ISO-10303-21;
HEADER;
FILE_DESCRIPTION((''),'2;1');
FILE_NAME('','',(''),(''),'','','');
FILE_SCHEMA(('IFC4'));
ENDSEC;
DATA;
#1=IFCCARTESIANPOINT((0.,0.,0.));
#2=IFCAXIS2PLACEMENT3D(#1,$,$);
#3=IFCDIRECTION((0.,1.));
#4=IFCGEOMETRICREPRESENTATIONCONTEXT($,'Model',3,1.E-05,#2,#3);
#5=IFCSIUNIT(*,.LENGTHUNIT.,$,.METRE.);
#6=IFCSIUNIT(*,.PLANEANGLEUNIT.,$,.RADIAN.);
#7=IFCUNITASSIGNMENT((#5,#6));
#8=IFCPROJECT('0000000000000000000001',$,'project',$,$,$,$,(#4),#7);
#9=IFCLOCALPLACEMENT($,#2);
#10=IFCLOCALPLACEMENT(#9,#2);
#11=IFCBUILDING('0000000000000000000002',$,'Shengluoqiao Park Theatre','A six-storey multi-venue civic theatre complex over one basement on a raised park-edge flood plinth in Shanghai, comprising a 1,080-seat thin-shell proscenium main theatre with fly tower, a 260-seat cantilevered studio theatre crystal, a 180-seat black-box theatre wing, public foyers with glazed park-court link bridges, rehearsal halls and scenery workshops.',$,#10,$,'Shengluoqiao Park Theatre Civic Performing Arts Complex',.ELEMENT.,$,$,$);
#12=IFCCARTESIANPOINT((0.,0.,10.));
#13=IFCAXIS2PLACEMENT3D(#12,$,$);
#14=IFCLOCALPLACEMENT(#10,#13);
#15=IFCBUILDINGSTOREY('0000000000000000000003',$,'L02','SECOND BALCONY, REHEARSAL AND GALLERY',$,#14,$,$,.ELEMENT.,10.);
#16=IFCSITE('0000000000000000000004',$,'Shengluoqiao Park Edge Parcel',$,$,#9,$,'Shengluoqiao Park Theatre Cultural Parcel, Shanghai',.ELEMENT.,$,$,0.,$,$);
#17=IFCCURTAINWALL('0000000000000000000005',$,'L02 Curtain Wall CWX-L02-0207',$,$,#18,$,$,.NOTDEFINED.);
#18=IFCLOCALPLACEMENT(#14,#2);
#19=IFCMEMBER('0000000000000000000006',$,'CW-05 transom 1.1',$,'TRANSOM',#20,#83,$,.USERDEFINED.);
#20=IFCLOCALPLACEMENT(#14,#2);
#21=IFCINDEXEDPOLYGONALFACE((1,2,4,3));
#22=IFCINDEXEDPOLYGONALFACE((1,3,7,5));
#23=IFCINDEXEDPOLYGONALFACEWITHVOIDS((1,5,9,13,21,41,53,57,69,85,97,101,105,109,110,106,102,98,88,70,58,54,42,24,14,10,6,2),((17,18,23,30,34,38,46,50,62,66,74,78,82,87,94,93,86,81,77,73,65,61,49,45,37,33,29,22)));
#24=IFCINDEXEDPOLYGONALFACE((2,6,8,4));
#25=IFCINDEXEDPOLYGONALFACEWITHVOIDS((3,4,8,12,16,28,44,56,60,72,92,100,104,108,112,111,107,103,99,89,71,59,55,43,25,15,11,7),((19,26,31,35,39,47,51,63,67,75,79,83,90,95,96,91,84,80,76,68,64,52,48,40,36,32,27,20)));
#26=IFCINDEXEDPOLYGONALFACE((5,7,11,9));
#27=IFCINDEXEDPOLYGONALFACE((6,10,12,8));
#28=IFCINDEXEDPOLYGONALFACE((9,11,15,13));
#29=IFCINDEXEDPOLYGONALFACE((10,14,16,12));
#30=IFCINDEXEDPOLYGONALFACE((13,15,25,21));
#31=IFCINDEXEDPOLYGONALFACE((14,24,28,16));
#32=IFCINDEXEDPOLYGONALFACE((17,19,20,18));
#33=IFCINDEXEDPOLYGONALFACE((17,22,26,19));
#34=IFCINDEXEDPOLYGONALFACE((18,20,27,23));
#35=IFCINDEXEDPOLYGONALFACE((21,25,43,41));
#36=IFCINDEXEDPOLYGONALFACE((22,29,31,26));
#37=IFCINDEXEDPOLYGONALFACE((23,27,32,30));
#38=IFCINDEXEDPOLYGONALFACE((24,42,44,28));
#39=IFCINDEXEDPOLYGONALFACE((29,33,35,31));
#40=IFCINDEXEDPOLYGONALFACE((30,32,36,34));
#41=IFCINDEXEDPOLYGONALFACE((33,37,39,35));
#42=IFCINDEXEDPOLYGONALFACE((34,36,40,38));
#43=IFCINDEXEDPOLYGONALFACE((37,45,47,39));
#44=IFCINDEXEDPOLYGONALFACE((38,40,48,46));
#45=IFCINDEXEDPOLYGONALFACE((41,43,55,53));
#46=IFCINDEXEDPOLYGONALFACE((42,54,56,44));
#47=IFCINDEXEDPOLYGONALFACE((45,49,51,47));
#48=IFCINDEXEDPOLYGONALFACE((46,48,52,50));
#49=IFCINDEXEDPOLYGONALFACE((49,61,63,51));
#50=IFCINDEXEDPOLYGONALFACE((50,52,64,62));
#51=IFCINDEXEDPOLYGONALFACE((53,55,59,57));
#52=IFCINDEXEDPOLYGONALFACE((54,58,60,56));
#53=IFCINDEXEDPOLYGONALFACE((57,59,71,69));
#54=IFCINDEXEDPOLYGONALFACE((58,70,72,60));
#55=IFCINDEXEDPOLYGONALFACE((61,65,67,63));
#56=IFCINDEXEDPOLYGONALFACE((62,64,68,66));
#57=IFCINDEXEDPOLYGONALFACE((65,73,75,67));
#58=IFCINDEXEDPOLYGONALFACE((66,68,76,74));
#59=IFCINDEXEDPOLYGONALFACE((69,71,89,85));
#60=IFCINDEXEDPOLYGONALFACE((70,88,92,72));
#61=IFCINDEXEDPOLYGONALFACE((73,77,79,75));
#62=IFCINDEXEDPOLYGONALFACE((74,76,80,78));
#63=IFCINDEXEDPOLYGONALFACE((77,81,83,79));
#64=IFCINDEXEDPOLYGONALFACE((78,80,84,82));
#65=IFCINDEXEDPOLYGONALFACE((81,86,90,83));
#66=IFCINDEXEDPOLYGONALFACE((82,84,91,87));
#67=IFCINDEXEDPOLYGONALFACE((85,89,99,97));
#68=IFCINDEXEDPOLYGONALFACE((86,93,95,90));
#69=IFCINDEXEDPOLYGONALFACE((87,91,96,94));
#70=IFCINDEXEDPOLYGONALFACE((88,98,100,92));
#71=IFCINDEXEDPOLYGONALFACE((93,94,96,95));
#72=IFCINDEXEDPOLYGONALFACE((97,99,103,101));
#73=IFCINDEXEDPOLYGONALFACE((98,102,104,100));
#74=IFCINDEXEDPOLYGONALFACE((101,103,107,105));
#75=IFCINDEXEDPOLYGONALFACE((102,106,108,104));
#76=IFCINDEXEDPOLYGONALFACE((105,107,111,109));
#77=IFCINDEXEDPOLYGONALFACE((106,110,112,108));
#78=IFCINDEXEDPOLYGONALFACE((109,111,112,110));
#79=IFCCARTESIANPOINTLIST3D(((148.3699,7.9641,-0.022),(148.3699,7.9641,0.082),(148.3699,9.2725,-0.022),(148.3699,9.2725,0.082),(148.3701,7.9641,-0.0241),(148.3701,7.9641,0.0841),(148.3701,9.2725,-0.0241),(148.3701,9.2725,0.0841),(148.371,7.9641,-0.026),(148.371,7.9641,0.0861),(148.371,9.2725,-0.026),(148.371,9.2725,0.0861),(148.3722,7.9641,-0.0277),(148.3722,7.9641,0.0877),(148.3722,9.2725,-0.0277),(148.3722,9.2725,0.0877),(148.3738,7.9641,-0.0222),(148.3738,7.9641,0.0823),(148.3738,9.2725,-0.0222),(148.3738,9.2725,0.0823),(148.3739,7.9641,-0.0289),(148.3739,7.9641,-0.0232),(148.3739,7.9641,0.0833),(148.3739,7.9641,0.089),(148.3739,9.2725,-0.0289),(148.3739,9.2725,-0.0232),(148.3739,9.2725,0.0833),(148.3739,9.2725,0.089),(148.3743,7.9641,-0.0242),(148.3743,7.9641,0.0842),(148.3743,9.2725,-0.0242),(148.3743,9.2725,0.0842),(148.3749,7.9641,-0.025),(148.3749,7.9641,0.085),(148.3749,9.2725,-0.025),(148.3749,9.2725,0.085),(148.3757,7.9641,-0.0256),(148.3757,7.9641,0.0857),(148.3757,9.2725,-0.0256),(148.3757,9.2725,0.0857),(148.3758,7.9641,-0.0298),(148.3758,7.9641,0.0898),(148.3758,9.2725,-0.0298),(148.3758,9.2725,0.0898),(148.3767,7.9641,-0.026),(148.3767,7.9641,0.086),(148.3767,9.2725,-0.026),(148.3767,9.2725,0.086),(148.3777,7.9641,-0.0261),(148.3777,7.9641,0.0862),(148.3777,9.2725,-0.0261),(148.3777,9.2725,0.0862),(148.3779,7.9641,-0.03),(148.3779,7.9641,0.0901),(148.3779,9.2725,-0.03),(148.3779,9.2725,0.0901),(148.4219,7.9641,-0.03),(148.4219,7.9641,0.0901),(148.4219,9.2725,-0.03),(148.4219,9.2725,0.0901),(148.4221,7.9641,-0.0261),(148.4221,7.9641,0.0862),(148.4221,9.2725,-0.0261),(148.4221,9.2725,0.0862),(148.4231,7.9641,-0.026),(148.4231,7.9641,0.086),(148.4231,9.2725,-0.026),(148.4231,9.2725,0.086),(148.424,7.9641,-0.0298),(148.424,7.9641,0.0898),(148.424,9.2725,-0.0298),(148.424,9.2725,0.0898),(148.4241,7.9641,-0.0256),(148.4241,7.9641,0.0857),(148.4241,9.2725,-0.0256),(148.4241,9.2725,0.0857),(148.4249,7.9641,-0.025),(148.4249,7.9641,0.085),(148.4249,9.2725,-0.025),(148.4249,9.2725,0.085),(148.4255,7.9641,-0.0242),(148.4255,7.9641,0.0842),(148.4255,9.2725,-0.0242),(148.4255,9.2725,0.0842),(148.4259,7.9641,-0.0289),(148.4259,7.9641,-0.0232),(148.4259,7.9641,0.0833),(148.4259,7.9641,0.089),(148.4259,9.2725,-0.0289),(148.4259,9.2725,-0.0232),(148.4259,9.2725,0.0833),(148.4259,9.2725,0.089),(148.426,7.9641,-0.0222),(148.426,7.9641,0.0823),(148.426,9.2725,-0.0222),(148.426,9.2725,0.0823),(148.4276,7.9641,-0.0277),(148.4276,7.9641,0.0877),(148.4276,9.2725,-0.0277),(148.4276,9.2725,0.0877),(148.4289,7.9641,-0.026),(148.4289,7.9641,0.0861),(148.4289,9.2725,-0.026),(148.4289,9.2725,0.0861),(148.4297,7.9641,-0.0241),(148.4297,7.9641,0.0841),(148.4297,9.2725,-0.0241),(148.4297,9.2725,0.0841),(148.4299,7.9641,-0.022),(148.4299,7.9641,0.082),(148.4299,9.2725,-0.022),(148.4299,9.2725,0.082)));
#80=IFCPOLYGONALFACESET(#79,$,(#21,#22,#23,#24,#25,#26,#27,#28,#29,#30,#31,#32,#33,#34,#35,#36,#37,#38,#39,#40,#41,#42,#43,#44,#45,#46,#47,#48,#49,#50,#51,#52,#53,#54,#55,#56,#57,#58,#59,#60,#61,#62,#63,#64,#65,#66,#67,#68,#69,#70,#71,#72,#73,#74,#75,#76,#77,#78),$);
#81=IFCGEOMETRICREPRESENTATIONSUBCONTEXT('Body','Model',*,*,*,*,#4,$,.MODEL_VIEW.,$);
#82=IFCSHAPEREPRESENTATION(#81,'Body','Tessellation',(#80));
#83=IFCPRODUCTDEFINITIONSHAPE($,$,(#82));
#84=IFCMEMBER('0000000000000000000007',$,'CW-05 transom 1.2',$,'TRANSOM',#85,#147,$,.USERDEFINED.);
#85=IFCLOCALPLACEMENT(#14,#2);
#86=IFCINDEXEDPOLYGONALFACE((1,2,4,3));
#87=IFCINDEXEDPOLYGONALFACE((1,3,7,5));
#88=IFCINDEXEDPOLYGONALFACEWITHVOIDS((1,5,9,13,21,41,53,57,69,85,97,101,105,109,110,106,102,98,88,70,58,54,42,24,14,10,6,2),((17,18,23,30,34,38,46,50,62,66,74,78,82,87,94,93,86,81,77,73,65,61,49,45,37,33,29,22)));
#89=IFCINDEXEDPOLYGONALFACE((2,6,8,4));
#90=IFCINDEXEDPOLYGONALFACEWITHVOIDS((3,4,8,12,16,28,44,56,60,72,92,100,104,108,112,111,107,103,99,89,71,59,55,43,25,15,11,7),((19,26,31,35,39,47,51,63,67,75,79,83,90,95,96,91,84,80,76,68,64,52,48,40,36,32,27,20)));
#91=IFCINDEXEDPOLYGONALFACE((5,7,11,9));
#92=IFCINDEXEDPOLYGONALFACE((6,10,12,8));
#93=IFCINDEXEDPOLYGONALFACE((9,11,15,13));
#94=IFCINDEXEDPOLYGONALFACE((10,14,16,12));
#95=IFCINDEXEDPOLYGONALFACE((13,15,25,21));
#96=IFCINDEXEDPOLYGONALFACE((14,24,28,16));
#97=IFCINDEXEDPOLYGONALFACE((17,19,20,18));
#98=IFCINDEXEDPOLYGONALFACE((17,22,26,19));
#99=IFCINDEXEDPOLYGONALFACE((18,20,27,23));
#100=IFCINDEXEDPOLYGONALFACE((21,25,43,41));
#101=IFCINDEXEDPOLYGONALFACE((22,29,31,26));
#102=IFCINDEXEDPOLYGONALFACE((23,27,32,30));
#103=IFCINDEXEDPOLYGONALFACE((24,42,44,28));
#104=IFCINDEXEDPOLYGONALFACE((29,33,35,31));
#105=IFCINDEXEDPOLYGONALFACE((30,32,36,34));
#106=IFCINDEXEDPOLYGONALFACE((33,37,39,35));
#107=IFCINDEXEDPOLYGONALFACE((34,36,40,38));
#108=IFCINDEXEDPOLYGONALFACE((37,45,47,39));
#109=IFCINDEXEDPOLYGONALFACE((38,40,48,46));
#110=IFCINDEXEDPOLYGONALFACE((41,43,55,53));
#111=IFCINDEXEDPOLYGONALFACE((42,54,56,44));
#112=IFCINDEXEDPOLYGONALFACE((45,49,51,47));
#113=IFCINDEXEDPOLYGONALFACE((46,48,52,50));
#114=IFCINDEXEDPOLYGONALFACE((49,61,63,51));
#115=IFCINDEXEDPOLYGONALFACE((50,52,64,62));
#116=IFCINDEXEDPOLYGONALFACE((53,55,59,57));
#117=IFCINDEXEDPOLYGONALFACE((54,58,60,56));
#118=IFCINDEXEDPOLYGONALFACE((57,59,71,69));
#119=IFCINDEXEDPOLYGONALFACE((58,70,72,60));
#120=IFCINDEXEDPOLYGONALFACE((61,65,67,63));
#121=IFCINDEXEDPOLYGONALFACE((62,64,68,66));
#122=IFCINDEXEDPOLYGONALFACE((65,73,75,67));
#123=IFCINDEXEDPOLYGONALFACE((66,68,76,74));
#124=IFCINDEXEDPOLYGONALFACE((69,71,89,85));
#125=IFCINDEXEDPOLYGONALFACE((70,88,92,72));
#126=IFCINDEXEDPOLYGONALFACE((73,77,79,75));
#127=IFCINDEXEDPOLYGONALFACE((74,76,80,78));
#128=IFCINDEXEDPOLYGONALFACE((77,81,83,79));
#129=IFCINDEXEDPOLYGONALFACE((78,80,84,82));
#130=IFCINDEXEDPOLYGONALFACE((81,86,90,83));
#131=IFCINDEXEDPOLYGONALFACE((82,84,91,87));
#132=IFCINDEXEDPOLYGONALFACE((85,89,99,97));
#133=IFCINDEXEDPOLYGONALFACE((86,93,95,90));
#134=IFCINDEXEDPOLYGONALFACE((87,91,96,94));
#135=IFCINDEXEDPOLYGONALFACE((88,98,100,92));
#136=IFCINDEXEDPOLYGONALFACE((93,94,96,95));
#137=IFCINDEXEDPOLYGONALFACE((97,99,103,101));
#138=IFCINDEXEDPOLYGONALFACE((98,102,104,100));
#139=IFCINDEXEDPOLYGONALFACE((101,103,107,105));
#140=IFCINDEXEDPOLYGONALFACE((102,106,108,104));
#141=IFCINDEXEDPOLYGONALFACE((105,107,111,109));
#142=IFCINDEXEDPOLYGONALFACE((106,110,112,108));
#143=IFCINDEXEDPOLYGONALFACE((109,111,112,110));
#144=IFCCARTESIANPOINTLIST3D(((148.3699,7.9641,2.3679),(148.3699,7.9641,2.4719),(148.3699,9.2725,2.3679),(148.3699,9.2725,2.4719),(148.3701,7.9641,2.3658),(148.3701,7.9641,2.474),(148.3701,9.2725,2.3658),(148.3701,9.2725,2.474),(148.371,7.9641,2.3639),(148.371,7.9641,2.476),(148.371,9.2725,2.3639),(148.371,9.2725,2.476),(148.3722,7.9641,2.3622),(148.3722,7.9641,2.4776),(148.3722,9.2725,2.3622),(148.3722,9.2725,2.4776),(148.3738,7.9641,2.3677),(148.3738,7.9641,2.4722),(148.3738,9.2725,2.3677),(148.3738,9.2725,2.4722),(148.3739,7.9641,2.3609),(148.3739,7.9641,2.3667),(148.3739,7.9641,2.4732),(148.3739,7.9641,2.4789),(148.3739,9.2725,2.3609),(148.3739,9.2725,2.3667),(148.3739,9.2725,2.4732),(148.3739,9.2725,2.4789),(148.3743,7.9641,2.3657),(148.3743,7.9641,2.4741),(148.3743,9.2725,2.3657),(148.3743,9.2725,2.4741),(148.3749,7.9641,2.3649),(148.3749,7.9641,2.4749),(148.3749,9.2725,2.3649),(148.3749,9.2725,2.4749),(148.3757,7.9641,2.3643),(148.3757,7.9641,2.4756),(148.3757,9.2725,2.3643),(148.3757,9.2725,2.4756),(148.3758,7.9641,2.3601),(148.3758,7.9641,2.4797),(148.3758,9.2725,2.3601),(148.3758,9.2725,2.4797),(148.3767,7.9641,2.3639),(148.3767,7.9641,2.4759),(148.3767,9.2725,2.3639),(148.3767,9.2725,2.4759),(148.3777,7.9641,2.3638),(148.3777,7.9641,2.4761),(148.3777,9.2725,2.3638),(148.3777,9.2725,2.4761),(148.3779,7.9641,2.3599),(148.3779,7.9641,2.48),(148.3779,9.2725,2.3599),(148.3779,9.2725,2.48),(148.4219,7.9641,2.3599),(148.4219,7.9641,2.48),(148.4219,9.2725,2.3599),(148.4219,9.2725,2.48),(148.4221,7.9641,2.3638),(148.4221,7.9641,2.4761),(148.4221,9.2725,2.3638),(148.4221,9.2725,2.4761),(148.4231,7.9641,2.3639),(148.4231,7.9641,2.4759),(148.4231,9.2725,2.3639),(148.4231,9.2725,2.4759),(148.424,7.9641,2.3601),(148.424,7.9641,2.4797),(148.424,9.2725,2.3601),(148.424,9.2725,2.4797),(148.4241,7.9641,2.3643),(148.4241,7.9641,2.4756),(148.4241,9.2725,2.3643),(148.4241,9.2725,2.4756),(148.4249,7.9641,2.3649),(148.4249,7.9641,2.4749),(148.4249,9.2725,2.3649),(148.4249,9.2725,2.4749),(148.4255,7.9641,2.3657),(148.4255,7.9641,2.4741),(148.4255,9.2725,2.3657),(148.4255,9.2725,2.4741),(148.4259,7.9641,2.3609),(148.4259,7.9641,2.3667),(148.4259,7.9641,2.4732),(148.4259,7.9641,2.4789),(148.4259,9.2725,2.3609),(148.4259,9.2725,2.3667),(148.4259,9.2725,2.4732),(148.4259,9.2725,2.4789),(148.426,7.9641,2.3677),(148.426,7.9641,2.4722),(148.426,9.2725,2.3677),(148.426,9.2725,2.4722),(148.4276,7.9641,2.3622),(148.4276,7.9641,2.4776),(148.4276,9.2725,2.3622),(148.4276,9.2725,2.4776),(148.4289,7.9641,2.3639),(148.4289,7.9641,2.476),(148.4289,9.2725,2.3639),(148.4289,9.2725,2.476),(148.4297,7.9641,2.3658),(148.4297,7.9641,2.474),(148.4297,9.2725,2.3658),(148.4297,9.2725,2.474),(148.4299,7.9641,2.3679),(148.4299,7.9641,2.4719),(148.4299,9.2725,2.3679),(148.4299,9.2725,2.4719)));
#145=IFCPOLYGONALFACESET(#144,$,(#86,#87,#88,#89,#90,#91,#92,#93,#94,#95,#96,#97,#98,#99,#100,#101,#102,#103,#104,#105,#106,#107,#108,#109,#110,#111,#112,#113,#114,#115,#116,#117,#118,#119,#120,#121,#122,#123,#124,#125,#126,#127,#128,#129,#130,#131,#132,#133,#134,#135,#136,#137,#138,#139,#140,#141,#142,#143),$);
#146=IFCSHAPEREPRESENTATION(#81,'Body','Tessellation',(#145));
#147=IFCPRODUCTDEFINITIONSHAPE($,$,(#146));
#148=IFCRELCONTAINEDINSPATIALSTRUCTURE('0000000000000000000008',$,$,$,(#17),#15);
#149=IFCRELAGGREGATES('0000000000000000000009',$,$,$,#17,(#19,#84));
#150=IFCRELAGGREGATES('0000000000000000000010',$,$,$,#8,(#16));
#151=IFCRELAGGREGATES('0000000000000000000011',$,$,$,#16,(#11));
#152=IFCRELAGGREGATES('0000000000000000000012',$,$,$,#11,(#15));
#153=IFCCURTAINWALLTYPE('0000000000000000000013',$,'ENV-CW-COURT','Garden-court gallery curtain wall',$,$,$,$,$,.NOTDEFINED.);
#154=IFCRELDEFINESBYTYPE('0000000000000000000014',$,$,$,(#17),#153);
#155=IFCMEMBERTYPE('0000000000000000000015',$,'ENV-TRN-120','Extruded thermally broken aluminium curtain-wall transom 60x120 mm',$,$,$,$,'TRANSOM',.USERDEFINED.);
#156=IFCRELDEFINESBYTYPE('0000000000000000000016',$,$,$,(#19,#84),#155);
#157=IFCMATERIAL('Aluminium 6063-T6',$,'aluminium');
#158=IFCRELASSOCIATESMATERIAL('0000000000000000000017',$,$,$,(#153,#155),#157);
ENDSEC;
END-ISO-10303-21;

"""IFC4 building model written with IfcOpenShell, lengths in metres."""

from ifc_helpers import new_model, si_unit, direction, frame, origin, origin_2d, place, context, subcontext, project, spatial, hollow_rectangle, extrude, material, material_profile, profile_set, type_object, element, aggregate, save


model = new_model("IFC4")

# Units and contexts
model_context = context("Model", 3, precision=1e-05, world=origin(), true_north=direction((0.0, 1.0)))
body_context = subcontext(model_context, "Body", "Model", "MODEL_VIEW")
ifc_project = project(units=[si_unit("LENGTHUNIT", "METRE"), si_unit("PLANEANGLEUNIT", "RADIAN")], contexts=[model_context])

# Site, building, storey
site_placement = place(None, origin())
site = spatial("IfcSite", under=ifc_project, at=site_placement, Name="Shengluoqiao Park Edge Parcel", LongName="Shengluoqiao Park Theatre Cultural Parcel, Shanghai", CompositionType="ELEMENT", RefElevation=0.0)
building_placement = place(site_placement, origin())
building = spatial("IfcBuilding", under=site, at=building_placement, Name="Shengluoqiao Park Theatre", Description="A six-storey multi-venue civic theatre complex over one basement on a raised park-edge flood plinth in Shanghai, comprising a 1,080-seat thin-shell proscenium main theatre with fly tower, a 260-seat cantilevered studio theatre crystal, a 180-seat black-box theatre wing, public foyers with glazed park-court link bridges, rehearsal halls and scenery workshops.", LongName="Shengluoqiao Park Theatre Civic Performing Arts Complex", CompositionType="ELEMENT")
storey_placement = place(building_placement, frame((0.0, 0.0, 10.0)))
storey = spatial("IfcBuildingStorey", under=building, at=storey_placement, Name="L02", Description="SECOND BALCONY, REHEARSAL AND GALLERY", CompositionType="ELEMENT", Elevation=10.0)

# Curtain wall, members
ifc_material_1 = material(Name="Aluminium 6063-T6", Category="aluminium")
curtain_wall_type = type_object("IfcCurtainWallType", Name="ENV-CW-COURT", Description="Garden-court gallery curtain wall", PredefinedType="NOTDEFINED", material=ifc_material_1)
curtain_wall_placement = place(storey_placement, origin())
curtain_wall = element("IfcCurtainWall", 1, at=curtain_wall_placement, inside=storey, type_object=curtain_wall_type, Name="L02 Curtain Wall CWX-L02-0207", PredefinedType="NOTDEFINED")
ifc_material_profile_1 = material_profile(ifc_material_1, hollow_rectangle(XDim=0.0601, YDim=0.1201, WallThickness=0.0039, InnerFilletRadius=0.0039, OuterFilletRadius=0.0081, at=origin_2d()), Name="ALU TRANSOM 120x60x4")
ifc_profile_set_1 = profile_set([ifc_material_profile_1], Name="Aluminium 6063-T6")
member_type_1 = type_object("IfcMemberType", Name="ENV-TRN-120", Description="Extruded thermally broken aluminium curtain-wall transom 60x120 mm", ElementType="TRANSOM", PredefinedType="USERDEFINED", material=ifc_profile_set_1)
member_1_placement = place(storey_placement, frame((148.3999, 7.9641, 0.03), z_axis=(0.0, 1.0, 0.0), x_axis=(-1.0, 0.0, 0.0)))
member_1 = element("IfcMember", 2, at=member_1_placement, type_object=member_type_1, Name="CW-05 transom 1.1", ObjectType="TRANSOM", PredefinedType="USERDEFINED", context=body_context, shape_type="SweptSolid", body=[
    extrude(hollow_rectangle(XDim=0.0601, YDim=0.1201, WallThickness=0.0039, InnerFilletRadius=0.0039, OuterFilletRadius=0.0081, at=origin_2d()), origin(), (0.0, 0.0, 1.0), 1.3083),
])
member_2_placement = place(storey_placement, frame((148.3999, 7.9641, 2.4199), z_axis=(0.0, 1.0, 0.0), x_axis=(-1.0, 0.0, 0.0)))
member_2 = element("IfcMember", 3, at=member_2_placement, type_object=member_type_1, Name="CW-05 transom 1.2", ObjectType="TRANSOM", PredefinedType="USERDEFINED", context=body_context, shape_type="SweptSolid", body=[
    extrude(hollow_rectangle(XDim=0.0601, YDim=0.1201, WallThickness=0.0039, InnerFilletRadius=0.0039, OuterFilletRadius=0.0081, at=origin_2d()), origin(), (0.0, 0.0, 1.0), 1.3083),
])

aggregate(curtain_wall, [member_1, member_2])

save(model, "model.ifc")
